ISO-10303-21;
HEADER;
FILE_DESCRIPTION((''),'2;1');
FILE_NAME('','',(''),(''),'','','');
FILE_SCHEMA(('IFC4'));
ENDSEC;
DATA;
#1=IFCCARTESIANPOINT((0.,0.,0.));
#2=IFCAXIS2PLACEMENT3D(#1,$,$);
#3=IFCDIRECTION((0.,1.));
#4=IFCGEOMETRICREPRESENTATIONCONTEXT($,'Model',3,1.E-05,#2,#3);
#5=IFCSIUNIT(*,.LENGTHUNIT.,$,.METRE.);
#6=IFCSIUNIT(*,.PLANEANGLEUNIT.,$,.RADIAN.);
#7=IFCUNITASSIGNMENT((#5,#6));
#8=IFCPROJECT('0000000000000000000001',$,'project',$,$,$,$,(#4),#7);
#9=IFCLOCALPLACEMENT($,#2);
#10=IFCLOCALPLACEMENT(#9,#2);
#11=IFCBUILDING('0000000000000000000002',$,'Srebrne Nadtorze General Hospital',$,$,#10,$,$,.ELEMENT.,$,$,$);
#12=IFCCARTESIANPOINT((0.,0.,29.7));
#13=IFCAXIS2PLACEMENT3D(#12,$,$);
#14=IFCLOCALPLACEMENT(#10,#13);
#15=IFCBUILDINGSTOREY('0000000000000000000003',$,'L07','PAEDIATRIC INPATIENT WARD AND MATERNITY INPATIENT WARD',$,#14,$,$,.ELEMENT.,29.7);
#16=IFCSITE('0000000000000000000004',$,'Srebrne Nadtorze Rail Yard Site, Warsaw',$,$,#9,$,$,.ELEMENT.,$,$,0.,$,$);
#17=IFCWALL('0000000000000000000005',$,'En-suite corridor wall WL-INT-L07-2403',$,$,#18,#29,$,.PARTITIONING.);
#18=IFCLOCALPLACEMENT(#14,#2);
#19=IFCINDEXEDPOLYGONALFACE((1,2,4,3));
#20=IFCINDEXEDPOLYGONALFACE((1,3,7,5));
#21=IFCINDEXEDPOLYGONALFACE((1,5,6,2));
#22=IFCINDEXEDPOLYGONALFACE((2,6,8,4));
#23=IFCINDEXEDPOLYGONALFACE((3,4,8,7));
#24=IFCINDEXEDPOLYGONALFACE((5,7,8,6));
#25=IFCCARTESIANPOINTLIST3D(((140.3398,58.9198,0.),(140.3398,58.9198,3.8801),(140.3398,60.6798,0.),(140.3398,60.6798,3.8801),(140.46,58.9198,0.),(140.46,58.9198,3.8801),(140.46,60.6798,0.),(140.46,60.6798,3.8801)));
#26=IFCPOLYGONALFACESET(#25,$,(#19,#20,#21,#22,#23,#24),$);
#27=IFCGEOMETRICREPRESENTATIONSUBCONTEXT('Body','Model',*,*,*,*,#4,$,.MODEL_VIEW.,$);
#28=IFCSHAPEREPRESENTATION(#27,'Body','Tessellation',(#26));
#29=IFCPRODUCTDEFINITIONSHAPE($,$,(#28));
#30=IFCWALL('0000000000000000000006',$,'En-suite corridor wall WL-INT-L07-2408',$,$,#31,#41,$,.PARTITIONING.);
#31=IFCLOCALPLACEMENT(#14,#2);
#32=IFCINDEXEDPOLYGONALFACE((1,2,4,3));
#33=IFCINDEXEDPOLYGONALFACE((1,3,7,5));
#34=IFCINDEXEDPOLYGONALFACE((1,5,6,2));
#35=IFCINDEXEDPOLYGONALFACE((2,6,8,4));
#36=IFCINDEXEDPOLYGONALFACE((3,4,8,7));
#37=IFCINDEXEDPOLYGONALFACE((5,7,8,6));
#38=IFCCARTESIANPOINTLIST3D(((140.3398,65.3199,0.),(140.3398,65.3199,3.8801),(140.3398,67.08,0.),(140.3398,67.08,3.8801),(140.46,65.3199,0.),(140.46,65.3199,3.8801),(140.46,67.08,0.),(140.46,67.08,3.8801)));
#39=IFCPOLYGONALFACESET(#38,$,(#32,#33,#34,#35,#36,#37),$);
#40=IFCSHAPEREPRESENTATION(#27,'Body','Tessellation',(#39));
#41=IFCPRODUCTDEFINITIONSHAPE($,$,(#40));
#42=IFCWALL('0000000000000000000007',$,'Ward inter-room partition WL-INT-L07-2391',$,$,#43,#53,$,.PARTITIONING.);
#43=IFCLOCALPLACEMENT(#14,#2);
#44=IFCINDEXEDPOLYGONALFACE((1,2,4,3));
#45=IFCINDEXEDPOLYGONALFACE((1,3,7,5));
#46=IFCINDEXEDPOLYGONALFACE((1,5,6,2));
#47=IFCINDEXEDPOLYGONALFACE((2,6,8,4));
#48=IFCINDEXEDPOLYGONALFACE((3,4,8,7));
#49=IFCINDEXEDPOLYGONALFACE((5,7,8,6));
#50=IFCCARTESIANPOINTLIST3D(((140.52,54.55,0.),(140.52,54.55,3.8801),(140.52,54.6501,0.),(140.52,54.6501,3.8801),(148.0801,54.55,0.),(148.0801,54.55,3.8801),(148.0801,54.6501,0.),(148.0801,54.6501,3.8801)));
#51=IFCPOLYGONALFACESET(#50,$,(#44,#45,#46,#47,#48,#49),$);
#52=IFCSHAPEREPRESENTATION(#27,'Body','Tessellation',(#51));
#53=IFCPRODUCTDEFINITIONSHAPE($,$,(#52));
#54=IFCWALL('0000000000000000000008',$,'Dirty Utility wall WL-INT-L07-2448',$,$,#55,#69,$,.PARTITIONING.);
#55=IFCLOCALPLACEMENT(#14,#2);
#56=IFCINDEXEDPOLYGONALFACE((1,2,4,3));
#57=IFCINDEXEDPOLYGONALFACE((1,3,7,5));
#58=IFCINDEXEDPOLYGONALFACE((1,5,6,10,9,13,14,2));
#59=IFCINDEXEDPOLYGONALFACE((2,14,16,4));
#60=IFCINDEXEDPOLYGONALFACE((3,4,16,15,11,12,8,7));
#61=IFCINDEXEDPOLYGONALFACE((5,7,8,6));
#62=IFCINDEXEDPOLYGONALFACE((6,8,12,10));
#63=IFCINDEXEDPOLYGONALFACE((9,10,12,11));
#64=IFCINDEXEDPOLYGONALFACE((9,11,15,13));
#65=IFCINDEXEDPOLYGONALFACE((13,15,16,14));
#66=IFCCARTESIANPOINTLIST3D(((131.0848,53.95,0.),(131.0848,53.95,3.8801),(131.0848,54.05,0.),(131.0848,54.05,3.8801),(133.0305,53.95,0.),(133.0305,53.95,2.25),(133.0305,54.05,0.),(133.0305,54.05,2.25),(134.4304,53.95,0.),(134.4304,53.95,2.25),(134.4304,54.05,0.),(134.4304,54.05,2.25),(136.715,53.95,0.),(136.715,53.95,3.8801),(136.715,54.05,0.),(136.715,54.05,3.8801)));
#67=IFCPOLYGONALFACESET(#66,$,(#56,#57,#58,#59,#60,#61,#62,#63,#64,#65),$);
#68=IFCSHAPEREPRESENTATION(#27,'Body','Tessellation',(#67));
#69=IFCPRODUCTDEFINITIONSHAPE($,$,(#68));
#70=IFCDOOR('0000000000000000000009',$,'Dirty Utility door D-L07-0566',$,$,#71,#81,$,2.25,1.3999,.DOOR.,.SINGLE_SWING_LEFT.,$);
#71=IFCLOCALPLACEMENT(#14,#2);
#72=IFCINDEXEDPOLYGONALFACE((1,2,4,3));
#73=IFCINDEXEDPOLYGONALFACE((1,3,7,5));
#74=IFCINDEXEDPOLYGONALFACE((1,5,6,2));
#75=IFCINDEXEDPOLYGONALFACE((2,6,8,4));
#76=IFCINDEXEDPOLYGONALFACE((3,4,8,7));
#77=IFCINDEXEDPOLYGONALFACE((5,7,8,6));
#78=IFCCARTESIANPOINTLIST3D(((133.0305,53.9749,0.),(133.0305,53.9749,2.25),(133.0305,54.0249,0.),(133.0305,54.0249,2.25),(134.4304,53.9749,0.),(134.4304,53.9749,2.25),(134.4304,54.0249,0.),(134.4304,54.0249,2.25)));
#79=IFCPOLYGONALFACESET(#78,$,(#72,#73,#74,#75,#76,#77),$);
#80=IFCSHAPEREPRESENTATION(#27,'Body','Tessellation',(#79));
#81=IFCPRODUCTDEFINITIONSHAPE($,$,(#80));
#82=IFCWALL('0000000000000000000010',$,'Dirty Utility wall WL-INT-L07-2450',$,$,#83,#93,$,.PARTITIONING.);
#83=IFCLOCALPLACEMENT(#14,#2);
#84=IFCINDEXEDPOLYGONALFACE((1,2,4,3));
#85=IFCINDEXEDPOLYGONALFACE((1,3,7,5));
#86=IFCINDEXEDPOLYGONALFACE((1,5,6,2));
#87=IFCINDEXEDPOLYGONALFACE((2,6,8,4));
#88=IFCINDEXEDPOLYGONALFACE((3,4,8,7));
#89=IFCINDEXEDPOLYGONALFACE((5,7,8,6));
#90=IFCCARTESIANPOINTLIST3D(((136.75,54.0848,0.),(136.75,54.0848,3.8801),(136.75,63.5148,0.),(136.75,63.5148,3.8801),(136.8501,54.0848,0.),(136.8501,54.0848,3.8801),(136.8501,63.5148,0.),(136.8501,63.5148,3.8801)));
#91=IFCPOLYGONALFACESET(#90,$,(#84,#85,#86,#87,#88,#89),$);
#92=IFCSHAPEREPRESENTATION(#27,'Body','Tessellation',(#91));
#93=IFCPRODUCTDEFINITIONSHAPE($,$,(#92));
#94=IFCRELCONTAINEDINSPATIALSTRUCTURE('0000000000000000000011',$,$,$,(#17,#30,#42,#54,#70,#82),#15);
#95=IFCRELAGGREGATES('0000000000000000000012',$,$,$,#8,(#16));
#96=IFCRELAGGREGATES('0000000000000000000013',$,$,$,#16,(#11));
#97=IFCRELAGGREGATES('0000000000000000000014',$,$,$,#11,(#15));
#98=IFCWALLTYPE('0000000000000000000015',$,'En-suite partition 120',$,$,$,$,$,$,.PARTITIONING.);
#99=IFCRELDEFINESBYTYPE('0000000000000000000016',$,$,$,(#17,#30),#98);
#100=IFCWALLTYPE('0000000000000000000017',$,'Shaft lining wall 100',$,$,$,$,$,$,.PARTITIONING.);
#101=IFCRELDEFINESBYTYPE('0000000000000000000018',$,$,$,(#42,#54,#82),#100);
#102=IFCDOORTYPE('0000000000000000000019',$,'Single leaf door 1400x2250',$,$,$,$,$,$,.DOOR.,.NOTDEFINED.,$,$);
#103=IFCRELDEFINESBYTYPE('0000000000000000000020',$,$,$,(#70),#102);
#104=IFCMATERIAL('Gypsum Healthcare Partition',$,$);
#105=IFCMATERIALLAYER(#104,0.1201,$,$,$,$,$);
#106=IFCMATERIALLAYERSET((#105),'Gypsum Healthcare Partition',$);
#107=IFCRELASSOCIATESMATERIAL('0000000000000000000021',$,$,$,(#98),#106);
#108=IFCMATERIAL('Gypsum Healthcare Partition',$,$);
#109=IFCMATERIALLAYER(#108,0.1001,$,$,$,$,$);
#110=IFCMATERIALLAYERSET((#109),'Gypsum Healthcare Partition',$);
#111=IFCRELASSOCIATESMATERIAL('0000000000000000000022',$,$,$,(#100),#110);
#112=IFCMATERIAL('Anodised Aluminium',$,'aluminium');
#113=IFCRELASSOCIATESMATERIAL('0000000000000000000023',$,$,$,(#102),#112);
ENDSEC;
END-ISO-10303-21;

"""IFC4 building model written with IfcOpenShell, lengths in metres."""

from ifc_helpers import new_model, si_unit, direction, frame, frame_2d, origin, place, context, subcontext, project, spatial, rectangle, extrude, material, layer, layer_set, type_object, element, fill, save


model = new_model("IFC4")

# Units and contexts
model_context = context("Model", 3, precision=1e-05, world=origin(), true_north=direction((0.0, 1.0)))
body_context = subcontext(model_context, "Body", "Model", "MODEL_VIEW")
ifc_project = project(units=[si_unit("LENGTHUNIT", "METRE"), si_unit("PLANEANGLEUNIT", "RADIAN")], contexts=[model_context])

# Site, building, storey
site_placement = place(None, origin())
site = spatial("IfcSite", under=ifc_project, at=site_placement, Name="Srebrne Nadtorze Rail Yard Site, Warsaw", CompositionType="ELEMENT", RefElevation=0.0)
building_placement = place(site_placement, origin())
building = spatial("IfcBuilding", under=site, at=building_placement, Name="Srebrne Nadtorze General Hospital", CompositionType="ELEMENT")
storey_placement = place(building_placement, frame((0.0, 0.0, 29.7)))
storey = spatial("IfcBuildingStorey", under=building, at=storey_placement, Name="L07", Description="PAEDIATRIC INPATIENT WARD AND MATERNITY INPATIENT WARD", CompositionType="ELEMENT", Elevation=29.7)

# Walls
ifc_material_1 = material(Name="Gypsum Healthcare Partition")
ifc_layer_1 = layer(ifc_material_1, 0.1201)
ifc_layer_set_1 = layer_set([ifc_layer_1], Name="Gypsum Healthcare Partition")
wall_type_1 = type_object("IfcWallType", Name="En-suite partition 120", PredefinedType="PARTITIONING", material=ifc_layer_set_1)
for number, where, z_axis, x_axis, name in (
    (1, (140.3999, 58.9199, 0.0), (0.0, 0.0, 1.0), (0.0, 1.0, 0.0), "En-suite corridor wall WL-INT-L07-2403"),
    (2, (140.3999, 65.3201, 0.0), (0.0, 0.0, 1.0), (0.0, 1.0, 0.0), "En-suite corridor wall WL-INT-L07-2408"),
):
    element("IfcWall", number, at=place(storey_placement, frame(where, z_axis=z_axis, x_axis=x_axis)), inside=storey, type_object=wall_type_1, Name=name, PredefinedType="PARTITIONING", context=body_context, shape_type="SweptSolid", body=[
        extrude(rectangle(XDim=1.76, YDim=0.1201, at=frame_2d((0.8799, 0.0))), origin(), (0.0, 0.0, 1.0), 3.8801),
    ])
ifc_material_2 = material(Name="Gypsum Healthcare Partition")
ifc_layer_2 = layer(ifc_material_2, 0.1001)
ifc_layer_set_2 = layer_set([ifc_layer_2], Name="Gypsum Healthcare Partition")
wall_type_2 = type_object("IfcWallType", Name="Shaft lining wall 100", PredefinedType="PARTITIONING", material=ifc_layer_set_2)
wall_1_placement = place(storey_placement, frame((140.52, 54.6001, 0.0), z_axis=(0.0, 0.0, 1.0), x_axis=(1.0, 0.0, 0.0)))
element("IfcWall", 3, at=wall_1_placement, inside=storey, type_object=wall_type_2, Name="Ward inter-room partition WL-INT-L07-2391", PredefinedType="PARTITIONING", context=body_context, shape_type="SweptSolid", body=[
    extrude(rectangle(XDim=7.5601, YDim=0.1001, at=frame_2d((3.78, 0.0))), origin(), (0.0, 0.0, 1.0), 3.8801),
])

# Wall, opening, door
wall_2_placement = place(storey_placement, frame((131.085, 54.0, 0.0), z_axis=(0.0, 0.0, 1.0), x_axis=(1.0, 0.0, 0.0)))
wall_2 = element("IfcWall", 4, at=wall_2_placement, inside=storey, type_object=wall_type_2, Name="Dirty Utility wall WL-INT-L07-2448", PredefinedType="PARTITIONING", context=body_context, shape_type="SweptSolid", body=[
    extrude(rectangle(XDim=5.6301, YDim=0.1001, at=frame_2d((2.8149, 0.0))), origin(), (0.0, 0.0, 1.0), 3.8801),
])
opening_1_placement = place(wall_2_placement, frame((1.9456, 0.0, 0.0)))
opening_1 = element("IfcOpeningElement", 5, at=opening_1_placement, cuts=wall_2, PredefinedType="OPENING", context=body_context, shape_type="SweptSolid", body=[
    extrude(rectangle(XDim=1.3999, YDim=2.25, at=frame_2d((0.7, 1.125))), frame((0.0, 0.062, 0.0), z_axis=(0.0, -1.0, 0.0), x_axis=(1.0, 0.0, 0.0)), (0.0, 0.0, 1.0), 0.124),
])
ifc_material_3 = material(Name="Anodised Aluminium", Category="aluminium")
door_type_1 = type_object("IfcDoorType", Name="Single leaf door 1400x2250", OperationType="NOTDEFINED", PredefinedType="DOOR", material=ifc_material_3)
door_1_placement = place(opening_1_placement, origin())
door_1 = element("IfcDoor", 6, at=door_1_placement, inside=storey, type_object=door_type_1, Name="Dirty Utility door D-L07-0566", OperationType="SINGLE_SWING_LEFT", OverallHeight=2.25, OverallWidth=1.3999, PredefinedType="DOOR", context=body_context, shape_type="SweptSolid", body=[
    extrude(rectangle(XDim=1.3999, YDim=2.25, at=frame_2d((0.7, 1.125))), frame((0.0, 0.0249, 0.0), z_axis=(0.0, -1.0, 0.0), x_axis=(1.0, 0.0, 0.0)), (0.0, 0.0, 1.0), 0.05),
])
fill(opening_1, door_1)

# Wall
wall_3_placement = place(storey_placement, frame((136.8, 54.085, 0.0), z_axis=(0.0, 0.0, 1.0), x_axis=(0.0, 1.0, 0.0)))
element("IfcWall", 7, at=wall_3_placement, inside=storey, type_object=wall_type_2, Name="Dirty Utility wall WL-INT-L07-2450", PredefinedType="PARTITIONING", context=body_context, shape_type="SweptSolid", body=[
    extrude(rectangle(XDim=9.4299, YDim=0.1001, at=frame_2d((4.7148, 0.0))), origin(), (0.0, 0.0, 1.0), 3.8801),
])

save(model, "model.ifc")
